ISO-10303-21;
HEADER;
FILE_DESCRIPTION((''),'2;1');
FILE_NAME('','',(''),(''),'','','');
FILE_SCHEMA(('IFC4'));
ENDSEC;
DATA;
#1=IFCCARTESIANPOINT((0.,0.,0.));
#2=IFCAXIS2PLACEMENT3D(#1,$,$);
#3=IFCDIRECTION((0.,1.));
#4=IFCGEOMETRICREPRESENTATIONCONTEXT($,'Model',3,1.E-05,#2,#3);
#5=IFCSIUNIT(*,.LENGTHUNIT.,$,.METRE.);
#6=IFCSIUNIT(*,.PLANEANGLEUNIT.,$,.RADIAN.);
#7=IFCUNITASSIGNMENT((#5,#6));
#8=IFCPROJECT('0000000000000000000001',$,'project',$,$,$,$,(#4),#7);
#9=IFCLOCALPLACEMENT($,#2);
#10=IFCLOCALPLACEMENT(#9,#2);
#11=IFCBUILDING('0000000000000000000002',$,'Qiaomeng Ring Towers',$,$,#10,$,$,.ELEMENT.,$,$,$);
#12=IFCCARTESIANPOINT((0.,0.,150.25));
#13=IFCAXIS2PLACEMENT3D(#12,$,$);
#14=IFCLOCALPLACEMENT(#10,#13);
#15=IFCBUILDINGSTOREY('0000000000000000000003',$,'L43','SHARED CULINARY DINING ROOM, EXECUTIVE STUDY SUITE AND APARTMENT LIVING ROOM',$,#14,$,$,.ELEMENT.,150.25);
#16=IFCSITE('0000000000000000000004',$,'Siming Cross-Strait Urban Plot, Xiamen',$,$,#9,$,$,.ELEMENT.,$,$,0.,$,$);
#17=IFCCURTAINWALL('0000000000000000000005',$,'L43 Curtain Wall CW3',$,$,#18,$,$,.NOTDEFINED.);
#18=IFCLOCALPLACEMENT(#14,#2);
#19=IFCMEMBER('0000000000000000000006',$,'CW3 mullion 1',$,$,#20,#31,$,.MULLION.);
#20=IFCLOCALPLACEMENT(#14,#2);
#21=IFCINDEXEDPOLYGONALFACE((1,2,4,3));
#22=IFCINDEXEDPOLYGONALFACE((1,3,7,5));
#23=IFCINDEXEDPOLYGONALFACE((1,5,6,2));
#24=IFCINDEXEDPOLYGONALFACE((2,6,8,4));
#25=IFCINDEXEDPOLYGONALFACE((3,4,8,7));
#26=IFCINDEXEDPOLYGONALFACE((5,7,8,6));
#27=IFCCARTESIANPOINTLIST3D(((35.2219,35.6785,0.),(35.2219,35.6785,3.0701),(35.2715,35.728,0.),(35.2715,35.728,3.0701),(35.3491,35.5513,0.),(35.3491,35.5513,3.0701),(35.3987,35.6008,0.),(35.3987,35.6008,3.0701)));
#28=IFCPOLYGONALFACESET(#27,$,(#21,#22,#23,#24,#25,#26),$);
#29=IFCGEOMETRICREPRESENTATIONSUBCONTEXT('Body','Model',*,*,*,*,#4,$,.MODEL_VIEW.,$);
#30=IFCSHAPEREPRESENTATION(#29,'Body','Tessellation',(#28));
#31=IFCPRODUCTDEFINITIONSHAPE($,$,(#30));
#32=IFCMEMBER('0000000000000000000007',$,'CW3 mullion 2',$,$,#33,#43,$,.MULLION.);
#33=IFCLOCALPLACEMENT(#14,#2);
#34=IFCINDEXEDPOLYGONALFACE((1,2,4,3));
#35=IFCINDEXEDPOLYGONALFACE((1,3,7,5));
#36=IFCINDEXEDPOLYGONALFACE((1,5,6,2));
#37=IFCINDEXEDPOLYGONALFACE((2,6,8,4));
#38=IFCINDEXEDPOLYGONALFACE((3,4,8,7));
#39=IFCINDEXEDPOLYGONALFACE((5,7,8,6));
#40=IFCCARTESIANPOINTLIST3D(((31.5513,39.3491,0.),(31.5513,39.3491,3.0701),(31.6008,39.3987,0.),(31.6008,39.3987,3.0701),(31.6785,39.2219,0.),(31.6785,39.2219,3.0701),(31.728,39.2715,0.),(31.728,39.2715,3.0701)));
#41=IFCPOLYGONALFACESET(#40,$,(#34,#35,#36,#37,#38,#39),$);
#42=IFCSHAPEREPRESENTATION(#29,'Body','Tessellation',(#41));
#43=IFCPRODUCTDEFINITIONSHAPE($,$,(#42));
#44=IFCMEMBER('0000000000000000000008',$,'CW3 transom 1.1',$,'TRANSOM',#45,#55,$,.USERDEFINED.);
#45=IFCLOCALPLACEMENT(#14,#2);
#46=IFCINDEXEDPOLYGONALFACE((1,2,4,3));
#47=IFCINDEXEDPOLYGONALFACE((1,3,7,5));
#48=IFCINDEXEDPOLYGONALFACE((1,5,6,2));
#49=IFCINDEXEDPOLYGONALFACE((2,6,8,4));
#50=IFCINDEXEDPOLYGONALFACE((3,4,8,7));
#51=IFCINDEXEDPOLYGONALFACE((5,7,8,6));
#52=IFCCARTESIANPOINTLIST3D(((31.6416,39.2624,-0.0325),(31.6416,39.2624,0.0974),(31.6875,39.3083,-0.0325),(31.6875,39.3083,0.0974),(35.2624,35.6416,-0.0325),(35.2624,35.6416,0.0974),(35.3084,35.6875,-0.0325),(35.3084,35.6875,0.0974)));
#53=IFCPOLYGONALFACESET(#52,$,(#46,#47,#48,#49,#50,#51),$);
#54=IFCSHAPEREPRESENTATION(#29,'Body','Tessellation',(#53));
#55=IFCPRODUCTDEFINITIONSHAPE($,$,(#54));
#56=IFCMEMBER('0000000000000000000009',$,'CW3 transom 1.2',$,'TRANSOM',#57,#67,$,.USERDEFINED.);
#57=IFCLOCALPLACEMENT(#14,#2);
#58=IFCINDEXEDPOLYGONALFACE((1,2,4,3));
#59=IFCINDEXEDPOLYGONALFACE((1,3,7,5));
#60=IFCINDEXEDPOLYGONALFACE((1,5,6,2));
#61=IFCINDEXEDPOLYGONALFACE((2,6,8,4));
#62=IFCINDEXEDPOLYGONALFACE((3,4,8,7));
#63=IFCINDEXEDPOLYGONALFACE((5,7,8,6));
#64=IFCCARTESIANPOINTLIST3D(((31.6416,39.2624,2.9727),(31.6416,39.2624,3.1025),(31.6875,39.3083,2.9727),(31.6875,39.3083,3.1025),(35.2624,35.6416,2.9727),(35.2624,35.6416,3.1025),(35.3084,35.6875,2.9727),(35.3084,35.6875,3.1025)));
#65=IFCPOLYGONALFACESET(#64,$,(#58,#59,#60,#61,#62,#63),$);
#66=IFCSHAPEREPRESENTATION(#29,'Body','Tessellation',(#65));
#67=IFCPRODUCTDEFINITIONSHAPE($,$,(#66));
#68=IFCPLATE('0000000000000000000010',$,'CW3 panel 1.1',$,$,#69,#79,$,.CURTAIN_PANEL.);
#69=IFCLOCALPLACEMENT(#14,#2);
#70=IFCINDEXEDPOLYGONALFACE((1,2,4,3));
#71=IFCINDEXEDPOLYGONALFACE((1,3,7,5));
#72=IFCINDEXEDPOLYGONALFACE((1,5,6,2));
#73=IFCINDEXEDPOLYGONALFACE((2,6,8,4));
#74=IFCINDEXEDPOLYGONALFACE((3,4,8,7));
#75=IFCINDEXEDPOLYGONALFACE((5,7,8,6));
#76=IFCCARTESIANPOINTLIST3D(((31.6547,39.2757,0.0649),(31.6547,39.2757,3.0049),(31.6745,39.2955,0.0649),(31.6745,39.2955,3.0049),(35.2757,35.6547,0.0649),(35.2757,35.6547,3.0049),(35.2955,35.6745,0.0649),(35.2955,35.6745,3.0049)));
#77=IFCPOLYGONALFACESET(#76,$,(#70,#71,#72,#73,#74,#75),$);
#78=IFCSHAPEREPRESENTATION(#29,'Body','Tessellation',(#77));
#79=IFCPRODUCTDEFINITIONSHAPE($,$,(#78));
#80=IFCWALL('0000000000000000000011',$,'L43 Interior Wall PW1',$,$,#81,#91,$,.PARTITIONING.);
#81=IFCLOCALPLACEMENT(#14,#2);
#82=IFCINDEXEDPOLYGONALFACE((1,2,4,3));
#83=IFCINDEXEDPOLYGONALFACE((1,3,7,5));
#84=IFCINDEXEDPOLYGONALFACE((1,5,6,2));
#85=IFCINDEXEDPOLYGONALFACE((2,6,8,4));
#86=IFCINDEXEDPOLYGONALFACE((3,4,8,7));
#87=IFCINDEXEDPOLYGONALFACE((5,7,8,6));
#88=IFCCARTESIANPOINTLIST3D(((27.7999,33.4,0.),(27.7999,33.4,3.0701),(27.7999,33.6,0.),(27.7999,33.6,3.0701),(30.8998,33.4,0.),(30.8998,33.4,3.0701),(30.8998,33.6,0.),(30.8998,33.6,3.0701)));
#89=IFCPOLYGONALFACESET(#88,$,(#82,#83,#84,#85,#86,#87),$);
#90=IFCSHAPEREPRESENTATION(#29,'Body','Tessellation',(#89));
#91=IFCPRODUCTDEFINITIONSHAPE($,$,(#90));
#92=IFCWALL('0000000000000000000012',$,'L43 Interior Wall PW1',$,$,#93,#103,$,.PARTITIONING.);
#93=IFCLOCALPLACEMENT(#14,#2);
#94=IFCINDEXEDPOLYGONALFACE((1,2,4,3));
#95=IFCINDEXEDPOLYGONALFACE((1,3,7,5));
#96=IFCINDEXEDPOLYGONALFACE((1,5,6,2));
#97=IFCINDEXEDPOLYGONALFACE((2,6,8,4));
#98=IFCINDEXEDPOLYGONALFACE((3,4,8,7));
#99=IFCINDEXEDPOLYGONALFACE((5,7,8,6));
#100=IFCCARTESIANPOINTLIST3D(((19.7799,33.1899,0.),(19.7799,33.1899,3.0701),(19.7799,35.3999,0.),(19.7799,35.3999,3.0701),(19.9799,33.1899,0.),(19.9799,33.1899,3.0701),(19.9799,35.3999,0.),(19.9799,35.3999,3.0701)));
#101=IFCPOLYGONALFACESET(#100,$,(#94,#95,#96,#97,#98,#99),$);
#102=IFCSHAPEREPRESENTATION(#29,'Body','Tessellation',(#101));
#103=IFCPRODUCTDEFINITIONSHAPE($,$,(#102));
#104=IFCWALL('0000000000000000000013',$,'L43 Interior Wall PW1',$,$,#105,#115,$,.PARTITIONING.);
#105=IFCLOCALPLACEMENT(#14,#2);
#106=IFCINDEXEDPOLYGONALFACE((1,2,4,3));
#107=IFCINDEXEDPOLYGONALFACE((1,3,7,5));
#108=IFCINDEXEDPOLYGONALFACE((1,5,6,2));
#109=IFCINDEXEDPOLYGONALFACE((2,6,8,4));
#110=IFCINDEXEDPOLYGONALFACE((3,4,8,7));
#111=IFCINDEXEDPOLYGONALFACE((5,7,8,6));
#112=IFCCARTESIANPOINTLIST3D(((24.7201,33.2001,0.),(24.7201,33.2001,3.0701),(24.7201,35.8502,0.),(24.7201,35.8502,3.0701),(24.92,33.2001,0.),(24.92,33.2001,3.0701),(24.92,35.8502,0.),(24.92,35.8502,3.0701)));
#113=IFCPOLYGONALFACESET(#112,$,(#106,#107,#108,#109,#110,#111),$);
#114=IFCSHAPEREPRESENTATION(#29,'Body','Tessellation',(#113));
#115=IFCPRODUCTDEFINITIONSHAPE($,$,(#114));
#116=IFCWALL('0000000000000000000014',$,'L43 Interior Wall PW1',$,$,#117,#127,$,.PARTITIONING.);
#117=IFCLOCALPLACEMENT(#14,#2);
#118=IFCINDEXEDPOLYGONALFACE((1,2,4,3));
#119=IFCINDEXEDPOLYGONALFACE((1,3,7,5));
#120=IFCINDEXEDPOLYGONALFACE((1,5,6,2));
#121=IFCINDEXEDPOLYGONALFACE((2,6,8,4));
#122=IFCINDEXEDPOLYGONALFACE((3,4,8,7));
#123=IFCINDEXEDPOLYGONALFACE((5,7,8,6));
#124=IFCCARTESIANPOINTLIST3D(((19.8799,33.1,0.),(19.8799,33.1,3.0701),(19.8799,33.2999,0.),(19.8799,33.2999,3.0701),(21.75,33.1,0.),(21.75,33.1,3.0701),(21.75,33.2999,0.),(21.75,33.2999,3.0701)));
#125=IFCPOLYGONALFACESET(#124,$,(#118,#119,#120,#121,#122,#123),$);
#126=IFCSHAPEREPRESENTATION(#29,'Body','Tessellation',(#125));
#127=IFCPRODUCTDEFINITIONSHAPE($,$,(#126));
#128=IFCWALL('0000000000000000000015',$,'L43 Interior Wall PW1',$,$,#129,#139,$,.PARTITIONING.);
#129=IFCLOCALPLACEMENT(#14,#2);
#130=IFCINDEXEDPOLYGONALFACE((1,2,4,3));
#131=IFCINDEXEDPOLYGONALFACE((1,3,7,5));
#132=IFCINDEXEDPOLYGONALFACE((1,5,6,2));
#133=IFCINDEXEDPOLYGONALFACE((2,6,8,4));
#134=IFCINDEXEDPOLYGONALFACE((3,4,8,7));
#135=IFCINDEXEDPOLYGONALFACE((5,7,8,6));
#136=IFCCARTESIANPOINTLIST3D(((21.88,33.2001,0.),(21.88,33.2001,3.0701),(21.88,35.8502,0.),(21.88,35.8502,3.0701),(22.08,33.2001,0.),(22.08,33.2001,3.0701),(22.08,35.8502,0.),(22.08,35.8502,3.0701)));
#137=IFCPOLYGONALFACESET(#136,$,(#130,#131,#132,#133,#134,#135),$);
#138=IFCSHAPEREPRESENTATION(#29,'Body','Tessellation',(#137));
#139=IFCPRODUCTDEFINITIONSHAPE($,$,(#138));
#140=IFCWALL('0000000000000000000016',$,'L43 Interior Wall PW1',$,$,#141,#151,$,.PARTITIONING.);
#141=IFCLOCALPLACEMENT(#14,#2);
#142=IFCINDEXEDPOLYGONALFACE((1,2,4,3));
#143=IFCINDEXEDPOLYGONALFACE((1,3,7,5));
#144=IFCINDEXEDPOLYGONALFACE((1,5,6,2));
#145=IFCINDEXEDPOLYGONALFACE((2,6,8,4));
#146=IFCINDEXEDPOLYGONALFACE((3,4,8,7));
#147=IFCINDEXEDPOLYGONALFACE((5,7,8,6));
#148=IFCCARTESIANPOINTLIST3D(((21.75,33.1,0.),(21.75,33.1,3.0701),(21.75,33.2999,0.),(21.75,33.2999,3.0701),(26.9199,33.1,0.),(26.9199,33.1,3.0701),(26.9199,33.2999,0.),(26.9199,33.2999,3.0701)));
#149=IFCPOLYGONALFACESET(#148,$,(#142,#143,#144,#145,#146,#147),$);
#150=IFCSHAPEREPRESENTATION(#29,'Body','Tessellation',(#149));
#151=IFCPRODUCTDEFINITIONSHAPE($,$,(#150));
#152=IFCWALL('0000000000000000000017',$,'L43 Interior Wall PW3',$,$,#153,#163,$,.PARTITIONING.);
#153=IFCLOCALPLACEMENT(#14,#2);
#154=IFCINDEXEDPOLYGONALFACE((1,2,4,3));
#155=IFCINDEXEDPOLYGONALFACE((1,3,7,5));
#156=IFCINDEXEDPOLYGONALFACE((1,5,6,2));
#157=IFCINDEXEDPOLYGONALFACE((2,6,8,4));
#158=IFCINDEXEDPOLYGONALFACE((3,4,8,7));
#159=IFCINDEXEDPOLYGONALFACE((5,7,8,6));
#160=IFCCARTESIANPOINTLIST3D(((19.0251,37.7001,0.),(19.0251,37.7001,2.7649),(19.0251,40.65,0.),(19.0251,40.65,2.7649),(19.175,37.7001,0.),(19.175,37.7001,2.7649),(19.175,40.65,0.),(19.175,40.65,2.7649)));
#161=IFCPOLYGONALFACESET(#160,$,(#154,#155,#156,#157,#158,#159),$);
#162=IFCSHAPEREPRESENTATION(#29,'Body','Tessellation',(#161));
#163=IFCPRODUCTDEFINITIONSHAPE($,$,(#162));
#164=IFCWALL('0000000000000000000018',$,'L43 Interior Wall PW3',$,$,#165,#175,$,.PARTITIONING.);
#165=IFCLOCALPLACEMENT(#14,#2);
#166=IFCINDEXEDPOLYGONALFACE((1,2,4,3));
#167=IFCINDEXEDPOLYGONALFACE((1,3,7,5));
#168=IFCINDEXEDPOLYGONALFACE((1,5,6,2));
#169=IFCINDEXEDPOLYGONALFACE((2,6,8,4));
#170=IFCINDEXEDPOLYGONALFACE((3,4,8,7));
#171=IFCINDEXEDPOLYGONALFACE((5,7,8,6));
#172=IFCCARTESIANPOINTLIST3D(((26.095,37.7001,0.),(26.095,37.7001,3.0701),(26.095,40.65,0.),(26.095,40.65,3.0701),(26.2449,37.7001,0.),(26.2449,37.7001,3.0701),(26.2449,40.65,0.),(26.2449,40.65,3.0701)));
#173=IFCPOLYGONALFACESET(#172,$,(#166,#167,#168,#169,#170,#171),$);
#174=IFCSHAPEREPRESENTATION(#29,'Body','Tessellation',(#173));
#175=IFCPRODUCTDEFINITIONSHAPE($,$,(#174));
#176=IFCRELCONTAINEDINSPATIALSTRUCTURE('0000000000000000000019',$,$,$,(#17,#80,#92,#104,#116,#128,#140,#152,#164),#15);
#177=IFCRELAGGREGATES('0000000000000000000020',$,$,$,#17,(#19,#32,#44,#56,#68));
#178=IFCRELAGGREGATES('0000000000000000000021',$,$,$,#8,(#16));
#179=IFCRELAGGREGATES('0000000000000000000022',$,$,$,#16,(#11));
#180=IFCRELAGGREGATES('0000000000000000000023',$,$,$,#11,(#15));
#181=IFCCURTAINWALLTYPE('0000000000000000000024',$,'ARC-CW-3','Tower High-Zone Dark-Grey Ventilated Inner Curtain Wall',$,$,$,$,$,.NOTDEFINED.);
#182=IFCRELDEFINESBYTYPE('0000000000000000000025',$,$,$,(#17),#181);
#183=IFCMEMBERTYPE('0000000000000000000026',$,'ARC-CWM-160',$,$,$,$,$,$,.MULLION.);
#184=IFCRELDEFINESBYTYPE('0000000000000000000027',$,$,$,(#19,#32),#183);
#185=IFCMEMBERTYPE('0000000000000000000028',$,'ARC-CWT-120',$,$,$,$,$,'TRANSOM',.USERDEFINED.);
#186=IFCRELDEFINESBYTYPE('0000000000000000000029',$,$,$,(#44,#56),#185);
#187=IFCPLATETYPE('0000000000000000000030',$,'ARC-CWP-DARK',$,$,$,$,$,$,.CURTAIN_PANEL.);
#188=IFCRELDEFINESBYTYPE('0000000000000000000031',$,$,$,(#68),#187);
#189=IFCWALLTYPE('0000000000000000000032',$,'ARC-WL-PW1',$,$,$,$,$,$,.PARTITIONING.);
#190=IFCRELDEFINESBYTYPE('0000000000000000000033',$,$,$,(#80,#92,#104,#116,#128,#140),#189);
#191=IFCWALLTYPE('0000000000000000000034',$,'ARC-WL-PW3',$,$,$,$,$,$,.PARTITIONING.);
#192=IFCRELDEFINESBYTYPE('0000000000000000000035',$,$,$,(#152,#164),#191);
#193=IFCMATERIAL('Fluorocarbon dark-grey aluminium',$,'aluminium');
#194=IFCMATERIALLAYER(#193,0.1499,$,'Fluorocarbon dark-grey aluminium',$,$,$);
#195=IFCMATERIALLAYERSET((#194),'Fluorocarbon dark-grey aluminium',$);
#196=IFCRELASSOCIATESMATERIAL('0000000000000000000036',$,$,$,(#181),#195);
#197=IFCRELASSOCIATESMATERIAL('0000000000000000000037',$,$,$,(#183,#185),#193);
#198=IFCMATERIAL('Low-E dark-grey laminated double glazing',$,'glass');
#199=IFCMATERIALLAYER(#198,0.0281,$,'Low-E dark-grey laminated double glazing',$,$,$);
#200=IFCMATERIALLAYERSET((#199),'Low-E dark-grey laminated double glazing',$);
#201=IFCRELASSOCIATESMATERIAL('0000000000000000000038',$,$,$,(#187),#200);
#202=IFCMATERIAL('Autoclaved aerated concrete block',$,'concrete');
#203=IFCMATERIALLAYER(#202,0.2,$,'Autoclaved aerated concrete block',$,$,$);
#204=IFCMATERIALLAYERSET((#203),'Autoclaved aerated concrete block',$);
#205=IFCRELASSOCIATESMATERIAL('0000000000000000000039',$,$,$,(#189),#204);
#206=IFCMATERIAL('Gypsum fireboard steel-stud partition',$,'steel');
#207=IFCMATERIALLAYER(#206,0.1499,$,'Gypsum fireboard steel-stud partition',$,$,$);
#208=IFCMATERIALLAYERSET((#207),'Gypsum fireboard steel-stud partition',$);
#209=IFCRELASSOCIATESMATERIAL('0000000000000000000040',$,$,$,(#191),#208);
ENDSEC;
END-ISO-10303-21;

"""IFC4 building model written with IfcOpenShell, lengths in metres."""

from ifc_helpers import new_model, si_unit, direction, frame, frame_2d, origin, origin_2d, place, context, subcontext, project, spatial, rectangle, extrude, source, transform, mapped, material, layer, layer_set, material_profile, profile_set, type_object, element, aggregate, save


model = new_model("IFC4")

# Units and contexts
model_context = context("Model", 3, precision=1e-05, world=origin(), true_north=direction((0.0, 1.0)))
body_context = subcontext(model_context, "Body", "Model", "MODEL_VIEW")
ifc_project = project(units=[si_unit("LENGTHUNIT", "METRE"), si_unit("PLANEANGLEUNIT", "RADIAN")], contexts=[model_context])

# Site, building, storey
site_placement = place(None, origin())
site = spatial("IfcSite", under=ifc_project, at=site_placement, Name="Siming Cross-Strait Urban Plot, Xiamen", CompositionType="ELEMENT", RefElevation=0.0)
building_placement = place(site_placement, origin())
building = spatial("IfcBuilding", under=site, at=building_placement, Name="Qiaomeng Ring Towers", CompositionType="ELEMENT")
storey_placement = place(building_placement, frame((0.0, 0.0, 150.25)))
storey = spatial("IfcBuildingStorey", under=building, at=storey_placement, Name="L43", Description="SHARED CULINARY DINING ROOM, EXECUTIVE STUDY SUITE AND APARTMENT LIVING ROOM", CompositionType="ELEMENT", Elevation=150.25)

# Curtain wall, members, plate
ifc_material_1 = material(Name="Fluorocarbon dark-grey aluminium", Category="aluminium")
ifc_layer_1 = layer(ifc_material_1, 0.1499, Name="Fluorocarbon dark-grey aluminium")
ifc_layer_set_1 = layer_set([ifc_layer_1], Name="Fluorocarbon dark-grey aluminium")
curtain_wall_type = type_object("IfcCurtainWallType", Name="ARC-CW-3", Description="Tower High-Zone Dark-Grey Ventilated Inner Curtain Wall", PredefinedType="NOTDEFINED", material=ifc_layer_set_1)
curtain_wall_placement = place(storey_placement, origin())
curtain_wall = element("IfcCurtainWall", 1, at=curtain_wall_placement, inside=storey, type_object=curtain_wall_type, Name="L43 Curtain Wall CW3", PredefinedType="NOTDEFINED")
ifc_material_profile_1 = material_profile(ifc_material_1, rectangle(XDim=0.0701, YDim=0.1799, at=origin_2d()), Name="ALU MULL 70x180")
ifc_profile_set_1 = profile_set([ifc_material_profile_1], Name="Fluorocarbon dark-grey aluminium")
member_type_1 = type_object("IfcMemberType", Name="ARC-CWM-160", PredefinedType="MULLION", material=ifc_profile_set_1)
shared_shape_1 = source(origin(), body_context, "Body", "SweptSolid", [
    extrude(rectangle(XDim=0.0701, YDim=0.1799, at=origin_2d()), origin(), (0.0, 0.0, 1.0), 3.0701),
])
member_1_placement = place(storey_placement, frame((35.3103, 35.6396, 0.0), z_axis=(0.0, 0.0, 1.0), x_axis=(-0.707107, -0.707107, 0.0)))
member_1 = element("IfcMember", 2, at=member_1_placement, type_object=member_type_1, Name="CW3 mullion 1", PredefinedType="MULLION", context=body_context, shape_type="MappedRepresentation", body=[
    mapped(shared_shape_1, transform((0.0, 0.0, 0.0), x_axis=(1.0, 0.0, 0.0), y_axis=(0.0, 1.0, 0.0), z_axis=(0.0, 0.0, 1.0), scale=1.0)),
])
member_2_placement = place(storey_placement, frame((31.6396, 39.3103, 0.0), z_axis=(0.0, 0.0, 1.0), x_axis=(-0.707107, -0.707107, 0.0)))
member_2 = element("IfcMember", 3, at=member_2_placement, type_object=member_type_1, Name="CW3 mullion 2", PredefinedType="MULLION", context=body_context, shape_type="MappedRepresentation", body=[
    mapped(shared_shape_1, transform((0.0, 0.0, 0.0), x_axis=(1.0, 0.0, 0.0), y_axis=(0.0, 1.0, 0.0), z_axis=(0.0, 0.0, 1.0), scale=1.0)),
])
ifc_material_profile_2 = material_profile(ifc_material_1, rectangle(XDim=0.0649, YDim=0.1299, at=origin_2d()), Name="ALU TRAN 65x130")
ifc_profile_set_2 = profile_set([ifc_material_profile_2], Name="Fluorocarbon dark-grey aluminium")
member_type_2 = type_object("IfcMemberType", Name="ARC-CWT-120", ElementType="TRANSOM", PredefinedType="USERDEFINED", material=ifc_profile_set_2)
shared_shape_2 = source(origin(), body_context, "Body", "SweptSolid", [
    extrude(rectangle(XDim=0.0649, YDim=0.1299, at=origin_2d()), origin(), (0.0, 0.0, 1.0), 5.1206),
])
member_3_placement = place(storey_placement, frame((35.2854, 35.6646, 0.0325), z_axis=(-0.707107, 0.707107, 0.0), x_axis=(-0.707107, -0.707107, 0.0)))
member_3 = element("IfcMember", 4, at=member_3_placement, type_object=member_type_2, Name="CW3 transom 1.1", ObjectType="TRANSOM", PredefinedType="USERDEFINED", context=body_context, shape_type="MappedRepresentation", body=[
    mapped(shared_shape_2, transform((0.0, 0.0, 0.0), x_axis=(1.0, 0.0, 0.0), y_axis=(0.0, 1.0, 0.0), z_axis=(0.0, 0.0, 1.0), scale=1.0)),
])
member_4_placement = place(storey_placement, frame((35.2854, 35.6646, 3.0376), z_axis=(-0.707107, 0.707107, 0.0), x_axis=(-0.707107, -0.707107, 0.0)))
member_4 = element("IfcMember", 5, at=member_4_placement, type_object=member_type_2, Name="CW3 transom 1.2", ObjectType="TRANSOM", PredefinedType="USERDEFINED", context=body_context, shape_type="MappedRepresentation", body=[
    mapped(shared_shape_2, transform((0.0, 0.0, 0.0), x_axis=(1.0, 0.0, 0.0), y_axis=(0.0, 1.0, 0.0), z_axis=(0.0, 0.0, 1.0), scale=1.0)),
])
ifc_material_2 = material(Name="Low-E dark-grey laminated double glazing", Category="glass")
ifc_layer_2 = layer(ifc_material_2, 0.0281, Name="Low-E dark-grey laminated double glazing")
ifc_layer_set_2 = layer_set([ifc_layer_2], Name="Low-E dark-grey laminated double glazing")
plate_type = type_object("IfcPlateType", Name="ARC-CWP-DARK", PredefinedType="CURTAIN_PANEL", material=ifc_layer_set_2)
shared_shape_3 = source(origin(), body_context, "Body", "SweptSolid", [
    extrude(rectangle(XDim=5.1208, YDim=0.0281, at=origin_2d()), origin(), (0.0, 0.0, 1.0), 2.9399),
])
plate_placement = place(storey_placement, frame((33.4751, 37.4751, 0.0649), z_axis=(0.0, 0.0, 1.0), x_axis=(-0.707107, 0.707107, 0.0)))
plate = element("IfcPlate", 6, at=plate_placement, type_object=plate_type, Name="CW3 panel 1.1", PredefinedType="CURTAIN_PANEL", context=body_context, shape_type="MappedRepresentation", body=[
    mapped(shared_shape_3, transform((0.0, 0.0, 0.0), x_axis=(1.0, 0.0, 0.0), y_axis=(0.0, 1.0, 0.0), z_axis=(0.0, 0.0, 1.0), scale=1.0)),
])
aggregate(curtain_wall, [member_1, member_2, member_3, member_4, plate])

# Walls
ifc_material_3 = material(Name="Autoclaved aerated concrete block", Category="concrete")
ifc_layer_3 = layer(ifc_material_3, 0.2, Name="Autoclaved aerated concrete block")
ifc_layer_set_3 = layer_set([ifc_layer_3], Name="Autoclaved aerated concrete block")
wall_type_1 = type_object("IfcWallType", Name="ARC-WL-PW1", PredefinedType="PARTITIONING", material=ifc_layer_set_3)
wall_1_placement = place(storey_placement, frame((27.8, 33.5, 0.0), z_axis=(0.0, 0.0, 1.0), x_axis=(1.0, 0.0, 0.0)))
element("IfcWall", 7, at=wall_1_placement, inside=storey, type_object=wall_type_1, Name="L43 Interior Wall PW1", PredefinedType="PARTITIONING", context=body_context, shape_type="SweptSolid", body=[
    extrude(rectangle(XDim=3.0999, YDim=0.2, at=frame_2d((1.5498, 0.0))), origin(), (0.0, 0.0, 1.0), 3.0701),
])
wall_2_placement = place(storey_placement, frame((19.8799, 33.1899, 0.0), z_axis=(0.0, 0.0, 1.0), x_axis=(0.0, 1.0, 0.0)))
element("IfcWall", 8, at=wall_2_placement, inside=storey, type_object=wall_type_1, Name="L43 Interior Wall PW1", PredefinedType="PARTITIONING", context=body_context, shape_type="SweptSolid", body=[
    extrude(rectangle(XDim=2.21, YDim=0.2, at=frame_2d((1.105, 0.0))), origin(), (0.0, 0.0, 1.0), 3.0701),
])
wall_3_placement = place(storey_placement, frame((24.8201, 33.2, 0.0), z_axis=(0.0, 0.0, 1.0), x_axis=(0.0, 1.0, 0.0)))
element("IfcWall", 9, at=wall_3_placement, inside=storey, type_object=wall_type_1, Name="L43 Interior Wall PW1", PredefinedType="PARTITIONING", context=body_context, shape_type="SweptSolid", body=[
    extrude(rectangle(XDim=2.6501, YDim=0.2, at=frame_2d((1.3252, 0.0))), origin(), (0.0, 0.0, 1.0), 3.0701),
])
wall_4_placement = place(storey_placement, frame((19.8799, 33.2, 0.0), z_axis=(0.0, 0.0, 1.0), x_axis=(1.0, 0.0, 0.0)))
element("IfcWall", 10, at=wall_4_placement, inside=storey, type_object=wall_type_1, Name="L43 Interior Wall PW1", PredefinedType="PARTITIONING", context=body_context, shape_type="SweptSolid", body=[
    extrude(rectangle(XDim=1.8701, YDim=0.2, at=frame_2d((0.9351, 0.0))), origin(), (0.0, 0.0, 1.0), 3.0701),
])
wall_5_placement = place(storey_placement, frame((21.98, 33.2, 0.0), z_axis=(0.0, 0.0, 1.0), x_axis=(0.0, 1.0, 0.0)))
element("IfcWall", 11, at=wall_5_placement, inside=storey, type_object=wall_type_1, Name="L43 Interior Wall PW1", PredefinedType="PARTITIONING", context=body_context, shape_type="SweptSolid", body=[
    extrude(rectangle(XDim=2.6501, YDim=0.2, at=frame_2d((1.3252, 0.0))), origin(), (0.0, 0.0, 1.0), 3.0701),
])
wall_6_placement = place(storey_placement, frame((21.75, 33.2, 0.0), z_axis=(0.0, 0.0, 1.0), x_axis=(1.0, 0.0, 0.0)))
element("IfcWall", 12, at=wall_6_placement, inside=storey, type_object=wall_type_1, Name="L43 Interior Wall PW1", PredefinedType="PARTITIONING", context=body_context, shape_type="SweptSolid", body=[
    extrude(rectangle(XDim=5.1699, YDim=0.2, at=frame_2d((2.585, 0.0))), origin(), (0.0, 0.0, 1.0), 3.0701),
])
ifc_material_4 = material(Name="Gypsum fireboard steel-stud partition", Category="steel")
ifc_layer_4 = layer(ifc_material_4, 0.1499, Name="Gypsum fireboard steel-stud partition")
ifc_layer_set_4 = layer_set([ifc_layer_4], Name="Gypsum fireboard steel-stud partition")
wall_type_2 = type_object("IfcWallType", Name="ARC-WL-PW3", PredefinedType="PARTITIONING", material=ifc_layer_set_4)
wall_7_placement = place(storey_placement, frame((19.1001, 37.7, 0.0), z_axis=(0.0, 0.0, 1.0), x_axis=(0.0, 1.0, 0.0)))
element("IfcWall", 13, at=wall_7_placement, inside=storey, type_object=wall_type_2, Name="L43 Interior Wall PW3", PredefinedType="PARTITIONING", context=body_context, shape_type="SweptSolid", body=[
    extrude(rectangle(XDim=2.95, YDim=0.1499, at=frame_2d((1.4751, 0.0))), origin(), (0.0, 0.0, 1.0), 2.7649),
])
for number, where, z_axis, x_axis, name in (
    (14, (26.1699, 37.7, 0.0), (0.0, 0.0, 1.0), (0.0, 1.0, 0.0), "L43 Interior Wall PW3"),
):
    element("IfcWall", number, at=place(storey_placement, frame(where, z_axis=z_axis, x_axis=x_axis)), inside=storey, type_object=wall_type_2, Name=name, PredefinedType="PARTITIONING", context=body_context, shape_type="SweptSolid", body=[
        extrude(rectangle(XDim=2.95, YDim=0.1499, at=frame_2d((1.4751, 0.0))), origin(), (0.0, 0.0, 1.0), 3.0701),
    ])

save(model, "model.ifc")
